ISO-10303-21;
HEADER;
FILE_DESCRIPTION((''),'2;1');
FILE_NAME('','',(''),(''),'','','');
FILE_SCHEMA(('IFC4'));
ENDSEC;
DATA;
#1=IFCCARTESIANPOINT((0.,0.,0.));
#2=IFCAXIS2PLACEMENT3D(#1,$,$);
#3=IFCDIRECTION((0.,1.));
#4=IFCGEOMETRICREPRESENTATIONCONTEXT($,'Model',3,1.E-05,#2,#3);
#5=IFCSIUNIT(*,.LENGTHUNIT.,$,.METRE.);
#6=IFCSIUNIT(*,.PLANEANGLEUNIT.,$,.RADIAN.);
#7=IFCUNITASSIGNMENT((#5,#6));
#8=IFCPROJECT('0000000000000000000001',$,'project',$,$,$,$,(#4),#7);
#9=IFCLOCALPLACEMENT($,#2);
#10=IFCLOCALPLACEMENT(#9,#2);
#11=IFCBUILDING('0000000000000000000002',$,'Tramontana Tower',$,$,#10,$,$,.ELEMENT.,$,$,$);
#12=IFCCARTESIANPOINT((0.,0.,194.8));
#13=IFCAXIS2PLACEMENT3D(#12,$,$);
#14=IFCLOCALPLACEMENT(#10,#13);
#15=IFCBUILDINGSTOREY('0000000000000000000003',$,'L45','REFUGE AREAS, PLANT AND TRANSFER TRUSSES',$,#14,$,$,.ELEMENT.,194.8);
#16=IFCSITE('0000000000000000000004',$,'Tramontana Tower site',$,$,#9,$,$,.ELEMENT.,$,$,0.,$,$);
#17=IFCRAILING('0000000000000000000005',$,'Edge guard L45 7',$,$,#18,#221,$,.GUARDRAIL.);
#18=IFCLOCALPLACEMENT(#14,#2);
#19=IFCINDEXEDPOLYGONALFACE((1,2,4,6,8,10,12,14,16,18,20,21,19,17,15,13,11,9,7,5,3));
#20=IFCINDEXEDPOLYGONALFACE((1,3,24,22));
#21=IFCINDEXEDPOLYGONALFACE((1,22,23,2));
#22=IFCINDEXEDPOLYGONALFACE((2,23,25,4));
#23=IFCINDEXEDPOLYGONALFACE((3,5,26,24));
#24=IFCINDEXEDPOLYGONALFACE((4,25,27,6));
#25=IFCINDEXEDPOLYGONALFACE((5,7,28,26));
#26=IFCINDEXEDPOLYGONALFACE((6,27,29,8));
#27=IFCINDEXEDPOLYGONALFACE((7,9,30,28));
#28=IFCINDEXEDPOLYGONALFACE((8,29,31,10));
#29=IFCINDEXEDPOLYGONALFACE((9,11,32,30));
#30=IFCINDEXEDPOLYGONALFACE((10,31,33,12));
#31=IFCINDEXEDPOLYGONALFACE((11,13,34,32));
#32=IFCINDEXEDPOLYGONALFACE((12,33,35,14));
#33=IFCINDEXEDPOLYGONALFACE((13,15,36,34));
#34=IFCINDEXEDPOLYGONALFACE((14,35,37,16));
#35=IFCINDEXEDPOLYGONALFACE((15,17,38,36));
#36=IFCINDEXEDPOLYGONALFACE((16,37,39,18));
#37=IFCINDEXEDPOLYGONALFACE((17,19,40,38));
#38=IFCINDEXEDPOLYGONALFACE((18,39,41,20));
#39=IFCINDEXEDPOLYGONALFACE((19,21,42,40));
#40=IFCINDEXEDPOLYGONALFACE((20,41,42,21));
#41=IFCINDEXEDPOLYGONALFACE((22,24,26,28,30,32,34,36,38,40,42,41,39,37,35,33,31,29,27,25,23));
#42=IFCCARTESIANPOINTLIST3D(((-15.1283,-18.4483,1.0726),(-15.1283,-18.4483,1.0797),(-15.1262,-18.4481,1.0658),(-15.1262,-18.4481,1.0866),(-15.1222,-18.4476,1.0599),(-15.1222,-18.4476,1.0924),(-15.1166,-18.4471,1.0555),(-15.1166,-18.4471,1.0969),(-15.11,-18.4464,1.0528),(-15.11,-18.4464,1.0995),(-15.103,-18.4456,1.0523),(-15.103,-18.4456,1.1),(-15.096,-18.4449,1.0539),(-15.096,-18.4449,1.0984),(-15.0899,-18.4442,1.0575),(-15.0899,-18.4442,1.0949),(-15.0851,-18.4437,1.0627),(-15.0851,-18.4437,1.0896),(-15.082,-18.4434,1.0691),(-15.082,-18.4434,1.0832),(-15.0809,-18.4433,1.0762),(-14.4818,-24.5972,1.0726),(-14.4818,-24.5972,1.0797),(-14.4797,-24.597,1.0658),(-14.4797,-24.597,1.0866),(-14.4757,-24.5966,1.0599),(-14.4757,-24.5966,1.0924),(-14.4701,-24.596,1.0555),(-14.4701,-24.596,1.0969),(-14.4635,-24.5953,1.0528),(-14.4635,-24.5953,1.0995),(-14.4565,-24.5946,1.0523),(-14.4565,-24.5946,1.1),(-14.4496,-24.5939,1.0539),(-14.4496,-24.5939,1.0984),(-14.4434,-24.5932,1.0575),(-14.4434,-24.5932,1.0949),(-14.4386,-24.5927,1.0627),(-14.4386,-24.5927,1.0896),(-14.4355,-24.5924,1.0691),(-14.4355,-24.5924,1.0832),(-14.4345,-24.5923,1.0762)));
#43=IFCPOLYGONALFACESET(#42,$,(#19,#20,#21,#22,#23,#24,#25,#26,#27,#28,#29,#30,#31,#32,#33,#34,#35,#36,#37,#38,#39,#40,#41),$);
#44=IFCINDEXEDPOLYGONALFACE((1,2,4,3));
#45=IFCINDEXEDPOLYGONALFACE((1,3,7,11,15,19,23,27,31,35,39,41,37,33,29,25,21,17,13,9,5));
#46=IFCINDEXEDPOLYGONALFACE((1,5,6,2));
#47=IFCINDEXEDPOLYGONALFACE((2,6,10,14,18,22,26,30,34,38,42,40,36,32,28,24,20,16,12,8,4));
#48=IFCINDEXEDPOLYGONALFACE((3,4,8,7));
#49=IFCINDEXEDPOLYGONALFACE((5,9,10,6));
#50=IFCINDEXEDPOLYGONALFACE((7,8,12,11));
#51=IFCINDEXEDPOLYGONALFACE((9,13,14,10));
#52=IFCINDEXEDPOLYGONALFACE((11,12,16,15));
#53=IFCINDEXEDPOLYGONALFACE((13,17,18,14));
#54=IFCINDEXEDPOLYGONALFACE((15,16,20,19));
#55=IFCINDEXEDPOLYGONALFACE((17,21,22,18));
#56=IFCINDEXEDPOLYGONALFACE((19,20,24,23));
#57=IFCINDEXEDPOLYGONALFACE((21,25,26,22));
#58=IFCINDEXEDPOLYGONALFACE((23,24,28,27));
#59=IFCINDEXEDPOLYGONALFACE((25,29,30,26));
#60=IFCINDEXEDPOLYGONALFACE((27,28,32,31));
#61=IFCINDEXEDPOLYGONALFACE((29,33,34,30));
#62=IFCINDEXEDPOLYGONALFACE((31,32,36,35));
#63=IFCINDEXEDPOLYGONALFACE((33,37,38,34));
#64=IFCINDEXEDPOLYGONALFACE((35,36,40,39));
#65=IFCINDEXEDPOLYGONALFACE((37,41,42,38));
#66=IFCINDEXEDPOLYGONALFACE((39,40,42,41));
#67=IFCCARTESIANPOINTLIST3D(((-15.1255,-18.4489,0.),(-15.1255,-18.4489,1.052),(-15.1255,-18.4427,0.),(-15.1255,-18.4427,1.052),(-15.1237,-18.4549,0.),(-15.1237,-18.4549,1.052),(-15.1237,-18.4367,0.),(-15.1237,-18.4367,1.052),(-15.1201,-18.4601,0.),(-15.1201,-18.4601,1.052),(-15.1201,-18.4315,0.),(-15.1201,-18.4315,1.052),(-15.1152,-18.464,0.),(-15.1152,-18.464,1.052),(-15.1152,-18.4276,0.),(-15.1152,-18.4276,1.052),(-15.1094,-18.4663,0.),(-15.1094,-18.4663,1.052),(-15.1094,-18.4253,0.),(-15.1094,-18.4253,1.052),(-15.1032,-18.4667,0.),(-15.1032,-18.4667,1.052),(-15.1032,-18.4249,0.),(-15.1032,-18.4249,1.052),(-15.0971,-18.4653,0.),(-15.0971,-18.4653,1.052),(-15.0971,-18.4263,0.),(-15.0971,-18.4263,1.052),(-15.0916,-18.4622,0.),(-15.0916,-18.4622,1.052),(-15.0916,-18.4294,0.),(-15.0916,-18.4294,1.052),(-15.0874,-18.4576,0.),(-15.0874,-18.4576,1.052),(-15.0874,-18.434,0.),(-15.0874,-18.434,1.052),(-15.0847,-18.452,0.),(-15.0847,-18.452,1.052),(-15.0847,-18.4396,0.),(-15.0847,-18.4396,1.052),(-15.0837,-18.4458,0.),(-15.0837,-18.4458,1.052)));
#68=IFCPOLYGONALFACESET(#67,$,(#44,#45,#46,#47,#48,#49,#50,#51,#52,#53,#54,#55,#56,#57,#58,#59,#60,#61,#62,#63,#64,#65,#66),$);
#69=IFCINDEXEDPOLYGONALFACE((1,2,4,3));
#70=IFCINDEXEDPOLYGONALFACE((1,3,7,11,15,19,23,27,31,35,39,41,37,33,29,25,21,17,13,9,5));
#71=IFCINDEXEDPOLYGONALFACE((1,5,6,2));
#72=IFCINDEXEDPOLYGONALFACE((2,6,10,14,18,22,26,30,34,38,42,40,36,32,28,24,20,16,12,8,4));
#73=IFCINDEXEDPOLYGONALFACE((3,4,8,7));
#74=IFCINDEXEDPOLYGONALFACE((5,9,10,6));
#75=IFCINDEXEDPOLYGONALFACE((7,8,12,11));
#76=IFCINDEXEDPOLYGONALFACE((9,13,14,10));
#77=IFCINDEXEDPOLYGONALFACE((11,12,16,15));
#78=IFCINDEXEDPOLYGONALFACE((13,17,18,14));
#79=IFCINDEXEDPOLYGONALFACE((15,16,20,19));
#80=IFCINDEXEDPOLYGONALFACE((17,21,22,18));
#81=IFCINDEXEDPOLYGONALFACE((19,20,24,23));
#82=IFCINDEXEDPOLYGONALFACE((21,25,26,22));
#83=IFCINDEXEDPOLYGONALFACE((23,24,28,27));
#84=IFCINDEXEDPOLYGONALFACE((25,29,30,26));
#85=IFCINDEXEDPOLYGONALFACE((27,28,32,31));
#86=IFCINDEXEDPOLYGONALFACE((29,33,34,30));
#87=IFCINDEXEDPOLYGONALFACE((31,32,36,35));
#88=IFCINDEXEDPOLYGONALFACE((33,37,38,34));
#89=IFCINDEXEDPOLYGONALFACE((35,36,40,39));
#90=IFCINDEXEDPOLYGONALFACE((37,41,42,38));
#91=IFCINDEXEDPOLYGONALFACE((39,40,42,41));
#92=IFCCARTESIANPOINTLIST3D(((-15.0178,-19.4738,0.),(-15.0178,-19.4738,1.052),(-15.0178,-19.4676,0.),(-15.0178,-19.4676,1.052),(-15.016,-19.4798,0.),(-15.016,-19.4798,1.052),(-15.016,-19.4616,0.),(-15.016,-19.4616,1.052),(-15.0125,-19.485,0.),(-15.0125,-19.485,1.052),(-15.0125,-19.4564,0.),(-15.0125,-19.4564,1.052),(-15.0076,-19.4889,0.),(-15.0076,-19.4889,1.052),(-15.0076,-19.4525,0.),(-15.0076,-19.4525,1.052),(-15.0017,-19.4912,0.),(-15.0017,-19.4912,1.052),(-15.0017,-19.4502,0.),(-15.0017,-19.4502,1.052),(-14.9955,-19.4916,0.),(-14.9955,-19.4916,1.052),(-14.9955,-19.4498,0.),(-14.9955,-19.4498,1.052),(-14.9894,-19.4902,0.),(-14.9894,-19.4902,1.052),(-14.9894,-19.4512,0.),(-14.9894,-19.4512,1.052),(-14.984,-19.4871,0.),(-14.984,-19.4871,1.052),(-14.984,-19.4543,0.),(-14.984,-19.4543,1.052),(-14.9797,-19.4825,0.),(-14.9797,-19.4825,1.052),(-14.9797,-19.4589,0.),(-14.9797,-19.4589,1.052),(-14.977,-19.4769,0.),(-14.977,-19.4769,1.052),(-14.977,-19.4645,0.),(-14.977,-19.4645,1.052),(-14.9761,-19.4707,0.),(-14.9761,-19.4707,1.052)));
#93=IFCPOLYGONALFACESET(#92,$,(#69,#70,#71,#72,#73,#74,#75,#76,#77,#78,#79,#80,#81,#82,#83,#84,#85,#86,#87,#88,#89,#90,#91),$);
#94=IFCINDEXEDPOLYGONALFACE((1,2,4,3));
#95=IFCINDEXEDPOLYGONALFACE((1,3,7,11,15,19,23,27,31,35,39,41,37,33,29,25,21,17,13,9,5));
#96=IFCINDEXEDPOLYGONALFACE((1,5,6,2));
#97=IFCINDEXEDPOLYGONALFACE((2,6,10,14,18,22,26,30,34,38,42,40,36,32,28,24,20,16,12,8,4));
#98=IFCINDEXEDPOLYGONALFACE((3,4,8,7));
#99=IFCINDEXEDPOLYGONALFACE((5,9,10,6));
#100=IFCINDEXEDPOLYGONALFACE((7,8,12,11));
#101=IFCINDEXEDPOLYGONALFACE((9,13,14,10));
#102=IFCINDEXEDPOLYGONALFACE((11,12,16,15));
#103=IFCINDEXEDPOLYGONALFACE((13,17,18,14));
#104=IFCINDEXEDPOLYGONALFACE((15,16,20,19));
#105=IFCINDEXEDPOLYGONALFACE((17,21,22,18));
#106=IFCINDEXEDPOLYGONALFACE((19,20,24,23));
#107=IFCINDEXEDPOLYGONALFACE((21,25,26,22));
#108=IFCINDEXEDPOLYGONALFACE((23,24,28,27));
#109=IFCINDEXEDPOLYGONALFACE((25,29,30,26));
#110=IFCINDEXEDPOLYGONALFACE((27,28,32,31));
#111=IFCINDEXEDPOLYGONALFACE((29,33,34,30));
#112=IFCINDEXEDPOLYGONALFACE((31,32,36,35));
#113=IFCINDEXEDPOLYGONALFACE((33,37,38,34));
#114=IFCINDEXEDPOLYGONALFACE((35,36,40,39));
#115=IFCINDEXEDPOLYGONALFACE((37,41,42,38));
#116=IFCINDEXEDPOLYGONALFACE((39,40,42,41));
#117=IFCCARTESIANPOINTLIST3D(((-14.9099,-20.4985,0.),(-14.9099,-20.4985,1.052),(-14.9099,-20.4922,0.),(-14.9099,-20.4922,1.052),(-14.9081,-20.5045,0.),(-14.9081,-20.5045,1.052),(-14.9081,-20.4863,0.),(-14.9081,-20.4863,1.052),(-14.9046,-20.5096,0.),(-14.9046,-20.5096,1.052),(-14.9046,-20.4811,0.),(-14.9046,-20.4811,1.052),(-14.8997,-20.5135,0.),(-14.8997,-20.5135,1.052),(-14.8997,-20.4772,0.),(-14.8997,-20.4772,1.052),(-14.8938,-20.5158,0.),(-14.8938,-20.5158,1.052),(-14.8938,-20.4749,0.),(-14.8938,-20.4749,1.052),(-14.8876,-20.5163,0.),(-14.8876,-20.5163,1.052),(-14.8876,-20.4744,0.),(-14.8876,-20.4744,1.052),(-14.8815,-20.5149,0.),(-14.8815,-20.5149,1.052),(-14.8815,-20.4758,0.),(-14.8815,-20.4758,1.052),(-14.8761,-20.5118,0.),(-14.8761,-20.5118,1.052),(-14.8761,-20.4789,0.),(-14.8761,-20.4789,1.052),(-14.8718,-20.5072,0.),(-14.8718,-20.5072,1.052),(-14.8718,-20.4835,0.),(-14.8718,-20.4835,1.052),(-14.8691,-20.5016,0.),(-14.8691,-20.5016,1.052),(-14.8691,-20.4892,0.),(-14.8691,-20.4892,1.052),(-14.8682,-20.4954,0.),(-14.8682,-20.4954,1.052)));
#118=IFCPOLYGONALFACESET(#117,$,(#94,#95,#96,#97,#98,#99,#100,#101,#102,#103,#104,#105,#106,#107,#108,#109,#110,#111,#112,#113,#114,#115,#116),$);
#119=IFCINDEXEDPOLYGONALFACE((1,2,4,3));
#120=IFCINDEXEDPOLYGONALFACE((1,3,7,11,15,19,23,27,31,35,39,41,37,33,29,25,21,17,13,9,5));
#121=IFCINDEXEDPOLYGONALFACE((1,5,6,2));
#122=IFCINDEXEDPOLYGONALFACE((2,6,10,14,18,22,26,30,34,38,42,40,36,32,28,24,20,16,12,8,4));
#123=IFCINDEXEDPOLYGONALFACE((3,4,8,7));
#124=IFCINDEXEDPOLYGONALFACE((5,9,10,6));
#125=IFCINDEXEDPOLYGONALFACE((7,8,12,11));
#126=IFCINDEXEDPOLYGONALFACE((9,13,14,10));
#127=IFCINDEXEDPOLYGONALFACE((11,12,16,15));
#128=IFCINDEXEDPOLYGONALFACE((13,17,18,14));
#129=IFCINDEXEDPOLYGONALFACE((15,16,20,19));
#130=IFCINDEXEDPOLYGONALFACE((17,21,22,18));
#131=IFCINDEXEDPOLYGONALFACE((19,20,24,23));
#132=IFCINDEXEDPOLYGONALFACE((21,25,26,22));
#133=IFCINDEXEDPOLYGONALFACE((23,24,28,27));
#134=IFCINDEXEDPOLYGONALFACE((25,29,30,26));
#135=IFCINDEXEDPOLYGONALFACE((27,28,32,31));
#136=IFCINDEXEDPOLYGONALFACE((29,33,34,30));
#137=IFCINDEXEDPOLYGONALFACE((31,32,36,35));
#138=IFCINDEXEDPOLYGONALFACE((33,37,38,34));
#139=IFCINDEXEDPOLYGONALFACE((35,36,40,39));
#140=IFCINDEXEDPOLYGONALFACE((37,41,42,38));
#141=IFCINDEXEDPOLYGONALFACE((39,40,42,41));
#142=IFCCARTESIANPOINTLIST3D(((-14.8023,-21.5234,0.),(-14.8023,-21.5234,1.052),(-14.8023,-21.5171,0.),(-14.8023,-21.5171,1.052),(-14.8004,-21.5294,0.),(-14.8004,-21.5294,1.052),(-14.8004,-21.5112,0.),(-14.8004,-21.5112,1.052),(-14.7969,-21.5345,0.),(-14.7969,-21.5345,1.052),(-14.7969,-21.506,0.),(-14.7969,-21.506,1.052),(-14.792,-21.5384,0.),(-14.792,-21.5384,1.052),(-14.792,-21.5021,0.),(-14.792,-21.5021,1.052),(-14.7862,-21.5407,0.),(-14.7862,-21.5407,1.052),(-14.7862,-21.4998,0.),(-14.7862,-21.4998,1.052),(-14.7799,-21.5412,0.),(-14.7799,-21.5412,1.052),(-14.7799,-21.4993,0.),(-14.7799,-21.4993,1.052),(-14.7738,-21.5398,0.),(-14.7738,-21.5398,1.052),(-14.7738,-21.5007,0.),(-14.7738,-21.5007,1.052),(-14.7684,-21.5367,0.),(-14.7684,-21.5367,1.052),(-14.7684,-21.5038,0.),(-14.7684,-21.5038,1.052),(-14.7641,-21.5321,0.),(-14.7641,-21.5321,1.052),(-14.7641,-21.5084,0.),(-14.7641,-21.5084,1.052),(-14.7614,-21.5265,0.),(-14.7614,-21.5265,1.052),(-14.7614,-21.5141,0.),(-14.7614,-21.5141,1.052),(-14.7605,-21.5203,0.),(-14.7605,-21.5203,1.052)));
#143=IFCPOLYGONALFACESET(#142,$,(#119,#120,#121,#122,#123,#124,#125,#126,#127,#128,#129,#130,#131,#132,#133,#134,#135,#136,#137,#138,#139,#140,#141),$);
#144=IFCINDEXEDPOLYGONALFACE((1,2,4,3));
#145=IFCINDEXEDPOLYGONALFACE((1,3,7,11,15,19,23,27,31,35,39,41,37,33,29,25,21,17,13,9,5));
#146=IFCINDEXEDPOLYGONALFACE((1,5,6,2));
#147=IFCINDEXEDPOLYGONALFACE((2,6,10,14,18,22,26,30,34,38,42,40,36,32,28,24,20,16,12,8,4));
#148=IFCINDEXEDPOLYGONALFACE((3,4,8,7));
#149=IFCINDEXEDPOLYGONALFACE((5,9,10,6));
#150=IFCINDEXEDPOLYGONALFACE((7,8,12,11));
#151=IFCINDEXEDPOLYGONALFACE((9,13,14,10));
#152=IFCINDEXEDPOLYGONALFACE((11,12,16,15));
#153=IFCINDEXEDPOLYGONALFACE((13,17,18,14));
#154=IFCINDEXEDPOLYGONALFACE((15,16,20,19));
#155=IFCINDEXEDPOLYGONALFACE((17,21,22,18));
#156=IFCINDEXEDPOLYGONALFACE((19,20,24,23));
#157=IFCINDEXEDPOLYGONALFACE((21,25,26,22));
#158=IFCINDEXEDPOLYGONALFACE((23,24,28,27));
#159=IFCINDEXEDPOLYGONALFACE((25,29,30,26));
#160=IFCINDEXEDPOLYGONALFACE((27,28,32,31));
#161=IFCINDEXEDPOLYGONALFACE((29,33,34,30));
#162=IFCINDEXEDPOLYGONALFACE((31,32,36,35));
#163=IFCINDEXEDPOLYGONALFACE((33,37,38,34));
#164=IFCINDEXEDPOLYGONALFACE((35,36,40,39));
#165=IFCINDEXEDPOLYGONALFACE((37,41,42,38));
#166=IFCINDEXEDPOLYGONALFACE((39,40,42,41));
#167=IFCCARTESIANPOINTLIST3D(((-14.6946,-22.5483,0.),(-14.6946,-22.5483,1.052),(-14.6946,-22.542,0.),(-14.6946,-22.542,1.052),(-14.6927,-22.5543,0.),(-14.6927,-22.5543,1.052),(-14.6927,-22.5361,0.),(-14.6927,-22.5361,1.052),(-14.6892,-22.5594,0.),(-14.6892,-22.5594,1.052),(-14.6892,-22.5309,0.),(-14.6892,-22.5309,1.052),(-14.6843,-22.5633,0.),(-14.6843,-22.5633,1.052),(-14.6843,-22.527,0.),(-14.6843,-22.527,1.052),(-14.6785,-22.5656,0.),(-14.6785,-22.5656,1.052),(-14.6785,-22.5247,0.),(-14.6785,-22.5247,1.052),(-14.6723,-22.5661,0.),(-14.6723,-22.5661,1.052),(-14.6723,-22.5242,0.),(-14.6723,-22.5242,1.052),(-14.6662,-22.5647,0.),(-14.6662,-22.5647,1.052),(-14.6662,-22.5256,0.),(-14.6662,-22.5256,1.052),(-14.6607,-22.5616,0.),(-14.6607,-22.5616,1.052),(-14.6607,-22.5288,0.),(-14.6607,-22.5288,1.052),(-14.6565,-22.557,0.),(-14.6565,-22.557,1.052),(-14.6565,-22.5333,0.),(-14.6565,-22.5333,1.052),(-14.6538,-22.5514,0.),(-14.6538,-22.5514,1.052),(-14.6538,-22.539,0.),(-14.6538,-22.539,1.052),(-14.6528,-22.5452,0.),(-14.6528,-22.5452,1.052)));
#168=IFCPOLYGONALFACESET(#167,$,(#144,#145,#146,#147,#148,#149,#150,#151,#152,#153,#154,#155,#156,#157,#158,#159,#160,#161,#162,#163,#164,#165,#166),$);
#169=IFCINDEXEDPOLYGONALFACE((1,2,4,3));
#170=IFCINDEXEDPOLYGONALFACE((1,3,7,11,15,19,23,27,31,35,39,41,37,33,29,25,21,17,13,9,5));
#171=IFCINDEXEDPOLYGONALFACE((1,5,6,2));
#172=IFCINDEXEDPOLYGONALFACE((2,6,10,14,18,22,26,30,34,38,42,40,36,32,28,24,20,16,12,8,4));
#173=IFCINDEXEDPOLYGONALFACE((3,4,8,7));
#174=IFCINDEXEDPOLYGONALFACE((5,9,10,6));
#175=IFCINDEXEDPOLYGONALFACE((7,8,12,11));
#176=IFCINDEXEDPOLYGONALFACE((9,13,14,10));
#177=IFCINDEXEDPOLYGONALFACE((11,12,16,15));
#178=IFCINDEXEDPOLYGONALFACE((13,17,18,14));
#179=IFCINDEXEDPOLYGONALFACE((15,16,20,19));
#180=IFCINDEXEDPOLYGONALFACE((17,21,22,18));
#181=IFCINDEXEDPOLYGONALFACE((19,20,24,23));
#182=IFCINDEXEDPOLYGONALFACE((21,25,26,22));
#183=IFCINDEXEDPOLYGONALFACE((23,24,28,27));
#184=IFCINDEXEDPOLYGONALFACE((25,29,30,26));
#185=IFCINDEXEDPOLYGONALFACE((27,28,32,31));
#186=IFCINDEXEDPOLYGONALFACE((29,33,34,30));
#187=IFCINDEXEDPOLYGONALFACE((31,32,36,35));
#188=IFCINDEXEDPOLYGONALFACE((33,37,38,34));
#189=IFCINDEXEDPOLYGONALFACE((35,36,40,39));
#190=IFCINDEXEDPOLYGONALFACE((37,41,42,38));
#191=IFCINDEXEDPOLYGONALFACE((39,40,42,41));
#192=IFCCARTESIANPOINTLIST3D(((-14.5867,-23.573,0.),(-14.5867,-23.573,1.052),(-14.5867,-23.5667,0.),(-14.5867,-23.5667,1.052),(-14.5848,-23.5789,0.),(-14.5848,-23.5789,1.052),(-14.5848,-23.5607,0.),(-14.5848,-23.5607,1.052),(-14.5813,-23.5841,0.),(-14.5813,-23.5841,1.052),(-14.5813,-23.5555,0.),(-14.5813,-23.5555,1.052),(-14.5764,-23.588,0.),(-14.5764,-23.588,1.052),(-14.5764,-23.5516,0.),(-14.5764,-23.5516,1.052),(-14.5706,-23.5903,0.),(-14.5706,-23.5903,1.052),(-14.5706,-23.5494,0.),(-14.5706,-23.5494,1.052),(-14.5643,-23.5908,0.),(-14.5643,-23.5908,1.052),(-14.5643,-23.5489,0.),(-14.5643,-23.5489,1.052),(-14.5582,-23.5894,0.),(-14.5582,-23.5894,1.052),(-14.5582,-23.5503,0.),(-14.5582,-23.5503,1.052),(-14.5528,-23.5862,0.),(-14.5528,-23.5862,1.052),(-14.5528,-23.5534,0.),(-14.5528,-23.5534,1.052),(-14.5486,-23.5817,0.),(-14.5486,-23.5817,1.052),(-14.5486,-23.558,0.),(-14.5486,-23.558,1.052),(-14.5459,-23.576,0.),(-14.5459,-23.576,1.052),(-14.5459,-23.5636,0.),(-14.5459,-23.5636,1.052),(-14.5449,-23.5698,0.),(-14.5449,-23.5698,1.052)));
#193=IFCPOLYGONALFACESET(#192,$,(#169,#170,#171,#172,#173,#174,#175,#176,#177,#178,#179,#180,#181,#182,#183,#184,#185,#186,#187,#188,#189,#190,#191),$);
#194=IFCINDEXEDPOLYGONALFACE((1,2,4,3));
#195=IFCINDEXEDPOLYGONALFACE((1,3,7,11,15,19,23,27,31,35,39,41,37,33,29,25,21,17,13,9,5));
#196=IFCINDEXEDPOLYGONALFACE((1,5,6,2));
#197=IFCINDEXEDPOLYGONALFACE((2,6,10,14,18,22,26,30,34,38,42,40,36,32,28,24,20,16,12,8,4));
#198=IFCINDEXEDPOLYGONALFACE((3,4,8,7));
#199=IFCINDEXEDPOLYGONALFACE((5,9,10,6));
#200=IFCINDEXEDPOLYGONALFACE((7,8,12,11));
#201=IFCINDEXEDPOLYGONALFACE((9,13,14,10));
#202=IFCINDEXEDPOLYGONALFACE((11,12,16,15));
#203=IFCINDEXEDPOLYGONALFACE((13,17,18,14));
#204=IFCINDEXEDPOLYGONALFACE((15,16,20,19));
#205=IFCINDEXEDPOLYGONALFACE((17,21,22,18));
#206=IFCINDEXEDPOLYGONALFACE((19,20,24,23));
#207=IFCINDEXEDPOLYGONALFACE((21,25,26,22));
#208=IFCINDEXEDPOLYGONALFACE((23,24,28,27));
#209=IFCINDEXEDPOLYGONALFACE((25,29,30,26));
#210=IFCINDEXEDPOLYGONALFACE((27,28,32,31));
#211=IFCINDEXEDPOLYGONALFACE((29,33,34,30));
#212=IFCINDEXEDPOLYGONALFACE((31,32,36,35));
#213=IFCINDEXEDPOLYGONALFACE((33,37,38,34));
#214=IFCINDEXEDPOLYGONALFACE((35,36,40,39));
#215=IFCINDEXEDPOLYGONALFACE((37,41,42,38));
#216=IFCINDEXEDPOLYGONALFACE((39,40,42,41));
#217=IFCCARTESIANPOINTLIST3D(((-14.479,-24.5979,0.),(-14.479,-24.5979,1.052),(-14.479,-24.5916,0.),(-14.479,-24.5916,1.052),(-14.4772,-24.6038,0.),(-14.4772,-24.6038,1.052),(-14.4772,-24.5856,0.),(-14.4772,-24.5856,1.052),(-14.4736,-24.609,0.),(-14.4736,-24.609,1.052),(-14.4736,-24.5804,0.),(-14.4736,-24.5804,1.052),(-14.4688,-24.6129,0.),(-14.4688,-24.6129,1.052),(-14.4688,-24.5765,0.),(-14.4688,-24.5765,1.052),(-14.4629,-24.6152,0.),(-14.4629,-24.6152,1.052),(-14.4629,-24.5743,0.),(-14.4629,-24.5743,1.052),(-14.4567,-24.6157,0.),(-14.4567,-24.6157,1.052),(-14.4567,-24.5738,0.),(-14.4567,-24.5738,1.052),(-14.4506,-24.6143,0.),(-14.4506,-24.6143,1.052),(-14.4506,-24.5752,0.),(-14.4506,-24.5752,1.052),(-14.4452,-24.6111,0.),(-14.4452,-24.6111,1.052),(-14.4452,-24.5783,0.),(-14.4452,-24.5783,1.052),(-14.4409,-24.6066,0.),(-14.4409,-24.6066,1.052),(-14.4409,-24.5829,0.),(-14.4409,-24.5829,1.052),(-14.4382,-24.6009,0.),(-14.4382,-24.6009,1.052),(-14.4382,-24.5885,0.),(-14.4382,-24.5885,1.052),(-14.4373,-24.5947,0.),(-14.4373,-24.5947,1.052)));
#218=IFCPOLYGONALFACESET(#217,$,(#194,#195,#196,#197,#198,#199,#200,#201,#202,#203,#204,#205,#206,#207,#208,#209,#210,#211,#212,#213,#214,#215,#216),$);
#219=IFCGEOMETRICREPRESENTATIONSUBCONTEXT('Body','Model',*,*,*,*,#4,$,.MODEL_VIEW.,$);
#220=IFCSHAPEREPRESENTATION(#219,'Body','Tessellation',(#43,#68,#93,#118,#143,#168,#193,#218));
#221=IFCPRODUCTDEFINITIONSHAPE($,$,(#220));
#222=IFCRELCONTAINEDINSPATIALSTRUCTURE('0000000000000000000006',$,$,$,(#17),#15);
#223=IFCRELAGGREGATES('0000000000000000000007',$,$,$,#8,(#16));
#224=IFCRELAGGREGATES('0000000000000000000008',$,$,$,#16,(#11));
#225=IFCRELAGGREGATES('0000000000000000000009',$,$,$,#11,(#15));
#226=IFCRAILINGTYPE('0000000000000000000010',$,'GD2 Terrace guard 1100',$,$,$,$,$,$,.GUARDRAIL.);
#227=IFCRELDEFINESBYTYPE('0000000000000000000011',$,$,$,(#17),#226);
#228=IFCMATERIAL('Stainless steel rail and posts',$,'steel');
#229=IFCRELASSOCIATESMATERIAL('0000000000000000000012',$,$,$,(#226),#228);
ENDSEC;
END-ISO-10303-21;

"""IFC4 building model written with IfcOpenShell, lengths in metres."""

from ifc_helpers import new_model, si_unit, direction, frame, origin, origin_2d, place, context, subcontext, project, spatial, circle, extrude, material, type_object, element, save


model = new_model("IFC4")

# Units and contexts
model_context = context("Model", 3, precision=1e-05, world=origin(), true_north=direction((0.0, 1.0)))
body_context = subcontext(model_context, "Body", "Model", "MODEL_VIEW")
ifc_project = project(units=[si_unit("LENGTHUNIT", "METRE"), si_unit("PLANEANGLEUNIT", "RADIAN")], contexts=[model_context])

# Site, building, storey
site_placement = place(None, origin())
site = spatial("IfcSite", under=ifc_project, at=site_placement, Name="Tramontana Tower site", CompositionType="ELEMENT", RefElevation=0.0)
building_placement = place(site_placement, origin())
building = spatial("IfcBuilding", under=site, at=building_placement, Name="Tramontana Tower", CompositionType="ELEMENT")
storey_placement = place(building_placement, frame((0.0, 0.0, 194.8)))
storey = spatial("IfcBuildingStorey", under=building, at=storey_placement, Name="L45", Description="REFUGE AREAS, PLANT AND TRANSFER TRUSSES", CompositionType="ELEMENT", Elevation=194.8)

# Railing
ifc_material_1 = material(Name="Stainless steel rail and posts", Category="steel")
railing_type = type_object("IfcRailingType", Name="GD2 Terrace guard 1100", PredefinedType="GUARDRAIL", material=ifc_material_1)
railing_1_placement = place(storey_placement, frame((-15.1047, -18.4458, 0.0)))
element("IfcRailing", 1, at=railing_1_placement, inside=storey, type_object=railing_type, Name="Edge guard L45 7", PredefinedType="GUARDRAIL", context=body_context, shape_type="SweptSolid", body=[
    extrude(circle(Radius=0.0239, at=origin_2d()), frame((0.0, 0.0, 1.0762), z_axis=(0.104561, -0.994518, 0.0), x_axis=(0.994518, 0.104561, 0.0)), (0.0, 0.0, 1.0), 6.1829),
    extrude(circle(Radius=0.021, at=origin_2d()), origin(), (0.0, 0.0, 1.0), 1.052),
    extrude(circle(Radius=0.021, at=origin_2d()), frame((0.1077, -1.0249, 0.0)), (0.0, 0.0, 1.0), 1.052),
    extrude(circle(Radius=0.021, at=origin_2d()), frame((0.2156, -2.0496, 0.0)), (0.0, 0.0, 1.0), 1.052),
    extrude(circle(Radius=0.021, at=origin_2d()), frame((0.3232, -3.0745, 0.0)), (0.0, 0.0, 1.0), 1.052),
    extrude(circle(Radius=0.021, at=origin_2d()), frame((0.4309, -4.0994, 0.0)), (0.0, 0.0, 1.0), 1.052),
    extrude(circle(Radius=0.021, at=origin_2d()), frame((0.5388, -5.124, 0.0)), (0.0, 0.0, 1.0), 1.052),
    extrude(circle(Radius=0.021, at=origin_2d()), frame((0.6465, -6.1489, 0.0)), (0.0, 0.0, 1.0), 1.052),
])

save(model, "model.ifc")
